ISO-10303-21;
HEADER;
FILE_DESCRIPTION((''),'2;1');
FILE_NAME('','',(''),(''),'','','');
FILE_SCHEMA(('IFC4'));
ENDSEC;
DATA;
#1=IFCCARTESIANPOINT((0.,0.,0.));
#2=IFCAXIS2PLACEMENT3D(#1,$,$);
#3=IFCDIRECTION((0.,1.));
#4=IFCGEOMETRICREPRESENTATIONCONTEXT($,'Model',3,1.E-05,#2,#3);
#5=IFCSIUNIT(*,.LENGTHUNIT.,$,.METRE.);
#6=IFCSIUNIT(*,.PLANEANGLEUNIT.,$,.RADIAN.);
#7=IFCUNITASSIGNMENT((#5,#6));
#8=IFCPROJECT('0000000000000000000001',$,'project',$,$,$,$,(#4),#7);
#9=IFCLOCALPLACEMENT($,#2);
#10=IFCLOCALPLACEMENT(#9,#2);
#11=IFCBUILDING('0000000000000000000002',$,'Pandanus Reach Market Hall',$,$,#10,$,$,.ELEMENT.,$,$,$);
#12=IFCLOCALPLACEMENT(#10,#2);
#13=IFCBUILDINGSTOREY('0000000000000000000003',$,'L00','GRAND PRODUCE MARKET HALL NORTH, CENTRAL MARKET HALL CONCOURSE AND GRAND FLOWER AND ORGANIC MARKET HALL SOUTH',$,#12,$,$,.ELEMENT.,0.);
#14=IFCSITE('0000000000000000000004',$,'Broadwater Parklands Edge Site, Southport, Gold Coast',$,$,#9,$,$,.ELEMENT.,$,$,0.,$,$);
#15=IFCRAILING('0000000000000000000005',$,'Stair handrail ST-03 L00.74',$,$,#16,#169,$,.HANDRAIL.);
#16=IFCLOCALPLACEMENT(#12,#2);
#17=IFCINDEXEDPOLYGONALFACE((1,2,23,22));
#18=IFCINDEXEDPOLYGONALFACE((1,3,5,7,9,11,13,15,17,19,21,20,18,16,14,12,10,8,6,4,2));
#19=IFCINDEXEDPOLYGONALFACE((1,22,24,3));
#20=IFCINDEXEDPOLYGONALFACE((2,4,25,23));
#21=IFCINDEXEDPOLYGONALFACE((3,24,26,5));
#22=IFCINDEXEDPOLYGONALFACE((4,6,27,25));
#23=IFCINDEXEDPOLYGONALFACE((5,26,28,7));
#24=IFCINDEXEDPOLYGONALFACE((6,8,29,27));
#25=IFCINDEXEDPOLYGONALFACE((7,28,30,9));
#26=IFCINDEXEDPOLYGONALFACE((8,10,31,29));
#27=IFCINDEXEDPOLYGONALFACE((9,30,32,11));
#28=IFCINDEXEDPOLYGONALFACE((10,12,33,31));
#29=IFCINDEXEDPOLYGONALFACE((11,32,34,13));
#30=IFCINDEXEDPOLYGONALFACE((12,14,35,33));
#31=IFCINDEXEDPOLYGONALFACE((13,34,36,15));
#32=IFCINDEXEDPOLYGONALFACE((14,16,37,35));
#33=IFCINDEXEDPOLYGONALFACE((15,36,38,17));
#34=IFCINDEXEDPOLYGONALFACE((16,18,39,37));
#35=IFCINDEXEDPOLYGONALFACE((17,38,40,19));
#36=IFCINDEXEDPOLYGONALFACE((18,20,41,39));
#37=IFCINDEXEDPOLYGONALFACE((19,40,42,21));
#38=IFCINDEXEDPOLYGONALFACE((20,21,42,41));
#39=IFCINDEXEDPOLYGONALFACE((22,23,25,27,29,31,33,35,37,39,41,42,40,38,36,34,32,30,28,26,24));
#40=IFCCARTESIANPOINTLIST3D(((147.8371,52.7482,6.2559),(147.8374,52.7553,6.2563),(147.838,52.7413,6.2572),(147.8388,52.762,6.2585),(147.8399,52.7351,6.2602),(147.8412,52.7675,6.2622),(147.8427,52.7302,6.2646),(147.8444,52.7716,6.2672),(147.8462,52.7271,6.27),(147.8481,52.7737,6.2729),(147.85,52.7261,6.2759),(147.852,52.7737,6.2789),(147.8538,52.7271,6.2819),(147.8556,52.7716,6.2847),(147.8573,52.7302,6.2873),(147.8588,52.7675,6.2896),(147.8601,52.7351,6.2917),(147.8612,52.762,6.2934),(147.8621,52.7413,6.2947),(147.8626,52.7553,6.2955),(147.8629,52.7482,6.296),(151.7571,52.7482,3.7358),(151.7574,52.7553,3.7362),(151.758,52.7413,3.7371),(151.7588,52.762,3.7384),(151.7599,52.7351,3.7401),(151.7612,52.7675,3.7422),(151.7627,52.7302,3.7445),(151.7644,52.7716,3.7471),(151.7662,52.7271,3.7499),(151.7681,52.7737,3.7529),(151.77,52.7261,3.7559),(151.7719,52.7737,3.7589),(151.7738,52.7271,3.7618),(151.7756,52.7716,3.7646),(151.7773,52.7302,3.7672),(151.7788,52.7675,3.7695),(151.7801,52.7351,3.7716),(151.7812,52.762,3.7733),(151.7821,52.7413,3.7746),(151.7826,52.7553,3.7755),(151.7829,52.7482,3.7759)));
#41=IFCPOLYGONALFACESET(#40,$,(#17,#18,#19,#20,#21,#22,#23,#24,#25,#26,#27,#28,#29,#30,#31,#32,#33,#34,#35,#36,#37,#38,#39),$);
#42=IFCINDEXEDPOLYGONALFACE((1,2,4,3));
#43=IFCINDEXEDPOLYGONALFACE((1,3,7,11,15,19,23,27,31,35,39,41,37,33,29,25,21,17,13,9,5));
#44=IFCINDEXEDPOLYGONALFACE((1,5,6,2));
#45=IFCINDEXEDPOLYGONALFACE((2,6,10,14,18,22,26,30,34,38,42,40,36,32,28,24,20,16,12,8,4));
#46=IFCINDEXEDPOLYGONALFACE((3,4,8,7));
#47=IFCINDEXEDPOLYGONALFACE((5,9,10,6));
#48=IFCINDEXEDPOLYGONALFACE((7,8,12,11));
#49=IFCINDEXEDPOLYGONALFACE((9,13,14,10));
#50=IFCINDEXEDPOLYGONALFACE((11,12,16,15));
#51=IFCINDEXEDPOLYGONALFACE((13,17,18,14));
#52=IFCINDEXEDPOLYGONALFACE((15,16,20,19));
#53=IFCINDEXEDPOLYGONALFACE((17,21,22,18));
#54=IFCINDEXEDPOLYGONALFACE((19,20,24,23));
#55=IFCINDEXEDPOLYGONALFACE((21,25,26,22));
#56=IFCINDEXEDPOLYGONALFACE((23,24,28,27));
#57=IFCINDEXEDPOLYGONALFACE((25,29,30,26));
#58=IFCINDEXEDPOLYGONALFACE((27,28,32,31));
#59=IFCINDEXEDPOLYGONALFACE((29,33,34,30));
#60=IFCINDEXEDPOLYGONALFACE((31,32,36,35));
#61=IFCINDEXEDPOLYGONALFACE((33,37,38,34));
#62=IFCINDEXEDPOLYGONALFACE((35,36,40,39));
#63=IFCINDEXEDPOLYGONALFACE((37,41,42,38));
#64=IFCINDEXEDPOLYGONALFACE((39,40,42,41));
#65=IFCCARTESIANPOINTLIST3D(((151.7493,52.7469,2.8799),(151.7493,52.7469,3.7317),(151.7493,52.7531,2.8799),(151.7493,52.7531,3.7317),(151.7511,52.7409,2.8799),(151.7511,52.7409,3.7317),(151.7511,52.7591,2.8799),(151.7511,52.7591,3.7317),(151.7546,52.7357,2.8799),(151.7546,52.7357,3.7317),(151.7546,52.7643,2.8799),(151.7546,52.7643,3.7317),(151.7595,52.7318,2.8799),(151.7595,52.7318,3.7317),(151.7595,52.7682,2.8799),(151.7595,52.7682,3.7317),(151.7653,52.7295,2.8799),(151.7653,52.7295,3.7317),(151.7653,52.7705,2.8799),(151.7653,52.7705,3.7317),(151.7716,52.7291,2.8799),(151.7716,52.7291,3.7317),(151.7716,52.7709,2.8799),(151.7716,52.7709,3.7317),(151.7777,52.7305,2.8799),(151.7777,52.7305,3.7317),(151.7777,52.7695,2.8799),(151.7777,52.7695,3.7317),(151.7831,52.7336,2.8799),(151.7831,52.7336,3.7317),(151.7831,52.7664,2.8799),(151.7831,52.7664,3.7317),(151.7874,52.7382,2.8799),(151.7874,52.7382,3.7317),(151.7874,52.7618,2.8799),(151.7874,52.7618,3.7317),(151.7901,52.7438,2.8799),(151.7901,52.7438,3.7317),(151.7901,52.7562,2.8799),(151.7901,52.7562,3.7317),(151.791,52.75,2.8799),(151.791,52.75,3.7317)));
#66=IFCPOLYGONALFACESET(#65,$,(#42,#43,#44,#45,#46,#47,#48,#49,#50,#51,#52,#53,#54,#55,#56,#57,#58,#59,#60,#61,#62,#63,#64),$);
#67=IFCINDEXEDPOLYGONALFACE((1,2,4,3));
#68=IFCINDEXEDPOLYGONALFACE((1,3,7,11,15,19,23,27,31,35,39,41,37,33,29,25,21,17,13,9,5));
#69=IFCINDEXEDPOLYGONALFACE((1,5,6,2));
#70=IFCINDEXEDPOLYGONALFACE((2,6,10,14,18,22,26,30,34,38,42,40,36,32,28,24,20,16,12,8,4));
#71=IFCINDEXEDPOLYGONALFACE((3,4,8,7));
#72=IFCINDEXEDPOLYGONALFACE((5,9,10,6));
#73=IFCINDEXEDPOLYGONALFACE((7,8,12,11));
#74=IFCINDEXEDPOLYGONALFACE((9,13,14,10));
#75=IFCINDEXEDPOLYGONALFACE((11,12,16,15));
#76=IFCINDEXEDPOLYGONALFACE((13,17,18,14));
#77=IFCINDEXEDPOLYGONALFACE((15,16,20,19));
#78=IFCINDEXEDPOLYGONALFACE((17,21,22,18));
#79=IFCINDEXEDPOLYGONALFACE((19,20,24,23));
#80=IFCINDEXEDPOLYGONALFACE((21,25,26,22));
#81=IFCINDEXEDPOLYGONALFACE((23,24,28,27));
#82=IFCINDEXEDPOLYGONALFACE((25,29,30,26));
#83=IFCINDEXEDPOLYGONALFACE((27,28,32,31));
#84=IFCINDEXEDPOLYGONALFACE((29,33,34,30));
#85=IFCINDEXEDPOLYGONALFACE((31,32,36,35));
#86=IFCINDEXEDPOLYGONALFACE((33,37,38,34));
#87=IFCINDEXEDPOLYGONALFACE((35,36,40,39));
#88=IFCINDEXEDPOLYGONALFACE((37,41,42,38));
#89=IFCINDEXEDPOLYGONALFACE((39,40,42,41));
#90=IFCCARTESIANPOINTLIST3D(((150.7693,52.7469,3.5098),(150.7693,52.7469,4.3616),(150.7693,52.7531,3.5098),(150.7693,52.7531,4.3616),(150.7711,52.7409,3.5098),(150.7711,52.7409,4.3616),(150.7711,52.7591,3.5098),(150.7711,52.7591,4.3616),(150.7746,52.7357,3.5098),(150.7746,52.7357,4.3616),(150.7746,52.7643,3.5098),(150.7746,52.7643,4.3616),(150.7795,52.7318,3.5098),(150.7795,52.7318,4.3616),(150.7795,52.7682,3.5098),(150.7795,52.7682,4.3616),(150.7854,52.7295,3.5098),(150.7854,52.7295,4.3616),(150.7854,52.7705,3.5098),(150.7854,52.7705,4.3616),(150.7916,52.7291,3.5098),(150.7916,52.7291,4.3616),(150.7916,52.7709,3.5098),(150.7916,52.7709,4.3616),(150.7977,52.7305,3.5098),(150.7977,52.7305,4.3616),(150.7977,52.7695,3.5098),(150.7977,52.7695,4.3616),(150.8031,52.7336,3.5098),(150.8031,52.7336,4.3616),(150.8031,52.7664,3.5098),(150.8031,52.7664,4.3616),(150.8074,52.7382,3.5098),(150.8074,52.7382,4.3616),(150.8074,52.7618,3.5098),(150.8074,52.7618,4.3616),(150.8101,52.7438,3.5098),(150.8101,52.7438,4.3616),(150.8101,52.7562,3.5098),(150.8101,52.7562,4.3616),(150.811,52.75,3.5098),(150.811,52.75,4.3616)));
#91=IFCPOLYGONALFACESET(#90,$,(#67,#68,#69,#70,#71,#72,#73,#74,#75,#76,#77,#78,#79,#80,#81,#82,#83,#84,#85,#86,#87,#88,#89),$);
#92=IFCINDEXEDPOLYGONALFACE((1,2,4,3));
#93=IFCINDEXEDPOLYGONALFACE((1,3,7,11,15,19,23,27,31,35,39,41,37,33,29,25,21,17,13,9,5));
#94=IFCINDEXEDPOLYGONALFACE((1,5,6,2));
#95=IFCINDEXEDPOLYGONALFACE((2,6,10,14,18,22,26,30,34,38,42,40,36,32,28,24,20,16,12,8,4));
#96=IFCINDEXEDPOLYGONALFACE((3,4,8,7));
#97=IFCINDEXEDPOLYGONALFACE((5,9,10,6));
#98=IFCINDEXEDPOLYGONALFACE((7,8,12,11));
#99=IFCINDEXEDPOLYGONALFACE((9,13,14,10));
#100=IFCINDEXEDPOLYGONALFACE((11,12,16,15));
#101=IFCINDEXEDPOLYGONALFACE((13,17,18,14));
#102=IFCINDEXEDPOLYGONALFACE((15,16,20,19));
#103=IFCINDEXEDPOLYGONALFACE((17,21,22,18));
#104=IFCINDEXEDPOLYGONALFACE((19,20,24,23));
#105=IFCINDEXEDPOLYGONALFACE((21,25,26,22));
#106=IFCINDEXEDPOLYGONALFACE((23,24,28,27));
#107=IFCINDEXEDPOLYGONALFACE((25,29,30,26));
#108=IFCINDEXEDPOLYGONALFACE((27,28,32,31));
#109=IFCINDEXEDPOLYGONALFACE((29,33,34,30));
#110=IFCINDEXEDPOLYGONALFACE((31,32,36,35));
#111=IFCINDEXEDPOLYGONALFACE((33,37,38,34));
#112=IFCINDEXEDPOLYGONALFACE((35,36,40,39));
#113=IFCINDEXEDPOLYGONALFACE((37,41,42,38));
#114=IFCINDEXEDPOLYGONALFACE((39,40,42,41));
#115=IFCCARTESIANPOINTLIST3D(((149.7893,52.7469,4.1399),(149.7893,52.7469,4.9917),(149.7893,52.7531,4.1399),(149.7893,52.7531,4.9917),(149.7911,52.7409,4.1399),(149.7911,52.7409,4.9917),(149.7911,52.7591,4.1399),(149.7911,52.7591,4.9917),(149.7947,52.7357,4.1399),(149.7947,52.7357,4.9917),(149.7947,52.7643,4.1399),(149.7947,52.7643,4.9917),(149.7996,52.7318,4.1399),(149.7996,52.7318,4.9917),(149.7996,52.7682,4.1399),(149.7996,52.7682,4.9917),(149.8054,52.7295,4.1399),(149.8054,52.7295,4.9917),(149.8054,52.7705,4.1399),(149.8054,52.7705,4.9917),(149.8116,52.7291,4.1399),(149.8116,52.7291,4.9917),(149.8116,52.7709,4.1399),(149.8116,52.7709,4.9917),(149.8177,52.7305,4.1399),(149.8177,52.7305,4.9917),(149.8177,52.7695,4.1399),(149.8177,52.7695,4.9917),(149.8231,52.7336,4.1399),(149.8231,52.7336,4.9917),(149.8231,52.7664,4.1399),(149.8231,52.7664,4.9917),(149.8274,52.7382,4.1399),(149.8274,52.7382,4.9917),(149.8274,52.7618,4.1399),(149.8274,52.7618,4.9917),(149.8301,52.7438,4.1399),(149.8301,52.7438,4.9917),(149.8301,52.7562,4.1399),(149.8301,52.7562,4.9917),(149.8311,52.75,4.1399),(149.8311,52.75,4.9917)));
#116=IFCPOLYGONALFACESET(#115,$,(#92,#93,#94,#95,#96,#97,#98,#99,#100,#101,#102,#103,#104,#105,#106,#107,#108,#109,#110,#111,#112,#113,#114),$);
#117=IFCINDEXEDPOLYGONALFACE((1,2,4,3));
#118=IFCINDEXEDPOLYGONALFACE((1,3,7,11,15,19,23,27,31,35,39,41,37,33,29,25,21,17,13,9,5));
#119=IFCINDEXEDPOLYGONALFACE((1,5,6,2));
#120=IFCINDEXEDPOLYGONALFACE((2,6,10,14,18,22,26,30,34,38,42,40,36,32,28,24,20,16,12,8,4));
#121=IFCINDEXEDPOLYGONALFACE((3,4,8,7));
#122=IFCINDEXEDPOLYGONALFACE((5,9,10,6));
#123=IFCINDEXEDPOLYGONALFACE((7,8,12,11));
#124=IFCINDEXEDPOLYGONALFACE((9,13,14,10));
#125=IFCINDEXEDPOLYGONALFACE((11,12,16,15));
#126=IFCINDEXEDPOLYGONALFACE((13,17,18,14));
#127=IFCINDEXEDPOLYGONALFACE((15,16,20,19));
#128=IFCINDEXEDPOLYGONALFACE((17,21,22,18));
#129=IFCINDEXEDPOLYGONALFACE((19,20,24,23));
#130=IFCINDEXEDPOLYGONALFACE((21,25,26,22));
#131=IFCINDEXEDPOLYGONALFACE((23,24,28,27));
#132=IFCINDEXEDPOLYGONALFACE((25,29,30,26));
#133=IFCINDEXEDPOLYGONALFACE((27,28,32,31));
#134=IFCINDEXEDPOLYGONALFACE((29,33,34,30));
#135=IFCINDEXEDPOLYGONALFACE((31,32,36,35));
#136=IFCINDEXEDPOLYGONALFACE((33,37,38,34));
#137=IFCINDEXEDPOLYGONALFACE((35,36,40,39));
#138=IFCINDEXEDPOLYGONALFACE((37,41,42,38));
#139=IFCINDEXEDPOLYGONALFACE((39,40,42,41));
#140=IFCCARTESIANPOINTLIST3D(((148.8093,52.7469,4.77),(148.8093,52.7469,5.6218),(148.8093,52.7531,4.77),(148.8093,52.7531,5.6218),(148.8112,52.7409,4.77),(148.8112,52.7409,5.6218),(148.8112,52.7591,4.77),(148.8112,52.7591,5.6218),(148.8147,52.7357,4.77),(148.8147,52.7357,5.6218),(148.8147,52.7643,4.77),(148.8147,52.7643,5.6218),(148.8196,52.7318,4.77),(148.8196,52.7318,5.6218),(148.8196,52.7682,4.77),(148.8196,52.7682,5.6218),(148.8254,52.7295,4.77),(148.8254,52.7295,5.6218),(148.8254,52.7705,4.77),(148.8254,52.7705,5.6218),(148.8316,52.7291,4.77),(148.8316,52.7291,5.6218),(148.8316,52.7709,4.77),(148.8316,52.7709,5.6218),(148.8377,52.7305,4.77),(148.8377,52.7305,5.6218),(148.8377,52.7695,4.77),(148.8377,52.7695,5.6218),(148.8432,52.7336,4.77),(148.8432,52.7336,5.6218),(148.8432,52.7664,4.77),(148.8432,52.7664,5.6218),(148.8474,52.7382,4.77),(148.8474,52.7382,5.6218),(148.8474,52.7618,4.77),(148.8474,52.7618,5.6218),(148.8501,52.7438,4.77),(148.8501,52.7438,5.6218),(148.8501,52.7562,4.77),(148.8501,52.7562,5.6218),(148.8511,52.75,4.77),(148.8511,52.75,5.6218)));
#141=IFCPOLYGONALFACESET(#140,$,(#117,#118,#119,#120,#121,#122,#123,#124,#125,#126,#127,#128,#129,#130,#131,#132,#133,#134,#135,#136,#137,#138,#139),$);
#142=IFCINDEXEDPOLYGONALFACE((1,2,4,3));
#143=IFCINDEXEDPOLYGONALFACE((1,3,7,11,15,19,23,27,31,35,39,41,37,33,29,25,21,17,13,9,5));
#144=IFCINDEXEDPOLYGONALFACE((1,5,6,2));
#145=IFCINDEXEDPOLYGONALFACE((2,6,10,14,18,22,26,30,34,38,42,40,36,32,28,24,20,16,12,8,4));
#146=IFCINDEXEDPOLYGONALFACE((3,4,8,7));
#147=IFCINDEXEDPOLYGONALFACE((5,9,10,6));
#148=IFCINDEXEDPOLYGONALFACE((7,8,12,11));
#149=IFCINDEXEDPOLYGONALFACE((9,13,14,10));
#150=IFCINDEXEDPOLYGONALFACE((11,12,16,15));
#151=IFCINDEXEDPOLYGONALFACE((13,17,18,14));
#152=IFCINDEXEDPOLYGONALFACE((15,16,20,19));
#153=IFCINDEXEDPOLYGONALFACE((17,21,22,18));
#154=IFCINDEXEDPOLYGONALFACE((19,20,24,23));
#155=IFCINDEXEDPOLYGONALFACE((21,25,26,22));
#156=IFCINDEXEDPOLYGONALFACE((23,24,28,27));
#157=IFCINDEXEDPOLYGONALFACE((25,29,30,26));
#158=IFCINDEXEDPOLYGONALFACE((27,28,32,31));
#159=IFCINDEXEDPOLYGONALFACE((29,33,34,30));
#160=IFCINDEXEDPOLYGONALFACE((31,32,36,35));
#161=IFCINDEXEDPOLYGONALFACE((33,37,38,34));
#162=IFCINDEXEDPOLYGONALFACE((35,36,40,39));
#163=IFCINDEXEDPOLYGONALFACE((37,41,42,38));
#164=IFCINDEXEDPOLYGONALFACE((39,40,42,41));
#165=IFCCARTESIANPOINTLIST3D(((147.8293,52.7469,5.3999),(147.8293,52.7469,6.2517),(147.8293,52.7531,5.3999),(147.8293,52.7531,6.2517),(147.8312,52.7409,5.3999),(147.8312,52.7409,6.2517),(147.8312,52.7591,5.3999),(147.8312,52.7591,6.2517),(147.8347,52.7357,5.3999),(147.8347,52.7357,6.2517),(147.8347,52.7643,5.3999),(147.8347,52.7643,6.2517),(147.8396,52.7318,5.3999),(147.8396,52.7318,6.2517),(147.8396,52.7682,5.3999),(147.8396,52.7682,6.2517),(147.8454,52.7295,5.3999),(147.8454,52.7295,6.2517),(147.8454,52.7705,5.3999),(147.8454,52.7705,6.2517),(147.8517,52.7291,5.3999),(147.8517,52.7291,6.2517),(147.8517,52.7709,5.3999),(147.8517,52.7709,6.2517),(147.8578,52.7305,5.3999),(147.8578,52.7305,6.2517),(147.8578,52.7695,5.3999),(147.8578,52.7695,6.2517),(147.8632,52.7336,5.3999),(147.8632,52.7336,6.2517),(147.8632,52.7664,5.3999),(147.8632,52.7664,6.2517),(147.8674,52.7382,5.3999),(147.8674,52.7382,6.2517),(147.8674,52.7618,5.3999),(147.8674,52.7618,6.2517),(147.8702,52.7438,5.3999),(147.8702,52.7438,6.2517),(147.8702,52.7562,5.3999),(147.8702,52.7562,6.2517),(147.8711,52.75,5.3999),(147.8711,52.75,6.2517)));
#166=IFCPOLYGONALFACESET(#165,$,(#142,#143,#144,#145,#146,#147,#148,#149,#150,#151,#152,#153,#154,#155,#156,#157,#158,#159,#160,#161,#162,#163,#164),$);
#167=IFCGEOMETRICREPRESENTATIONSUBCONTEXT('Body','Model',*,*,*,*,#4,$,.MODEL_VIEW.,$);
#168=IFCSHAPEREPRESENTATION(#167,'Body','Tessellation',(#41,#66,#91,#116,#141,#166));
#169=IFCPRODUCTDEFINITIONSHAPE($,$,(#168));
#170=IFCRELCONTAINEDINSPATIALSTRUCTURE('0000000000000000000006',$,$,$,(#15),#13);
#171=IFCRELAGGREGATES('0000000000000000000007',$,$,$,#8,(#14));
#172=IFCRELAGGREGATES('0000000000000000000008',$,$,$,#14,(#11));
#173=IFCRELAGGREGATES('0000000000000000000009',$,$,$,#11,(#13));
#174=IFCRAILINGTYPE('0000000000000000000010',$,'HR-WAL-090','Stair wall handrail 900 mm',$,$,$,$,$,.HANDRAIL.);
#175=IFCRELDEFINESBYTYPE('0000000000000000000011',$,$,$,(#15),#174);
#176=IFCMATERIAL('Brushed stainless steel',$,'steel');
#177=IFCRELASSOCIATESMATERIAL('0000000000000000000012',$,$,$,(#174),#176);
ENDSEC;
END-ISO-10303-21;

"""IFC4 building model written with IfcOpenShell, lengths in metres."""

from ifc_helpers import new_model, si_unit, direction, frame, origin, origin_2d, place, context, subcontext, project, spatial, circle, extrude, material, type_object, element, save


model = new_model("IFC4")

# Units and contexts
model_context = context("Model", 3, precision=1e-05, world=origin(), true_north=direction((0.0, 1.0)))
body_context = subcontext(model_context, "Body", "Model", "MODEL_VIEW")
ifc_project = project(units=[si_unit("LENGTHUNIT", "METRE"), si_unit("PLANEANGLEUNIT", "RADIAN")], contexts=[model_context])

# Site, building, storey
site_placement = place(None, origin())
site = spatial("IfcSite", under=ifc_project, at=site_placement, Name="Broadwater Parklands Edge Site, Southport, Gold Coast", CompositionType="ELEMENT", RefElevation=0.0)
building_placement = place(site_placement, origin())
building = spatial("IfcBuilding", under=site, at=building_placement, Name="Pandanus Reach Market Hall", CompositionType="ELEMENT")
storey_placement = place(building_placement, origin())
storey = spatial("IfcBuildingStorey", under=building, at=storey_placement, Name="L00", Description="GRAND PRODUCE MARKET HALL NORTH, CENTRAL MARKET HALL CONCOURSE AND GRAND FLOWER AND ORGANIC MARKET HALL SOUTH", CompositionType="ELEMENT", Elevation=0.0)

# Railing
ifc_material_1 = material(Name="Brushed stainless steel", Category="steel")
railing_type_1 = type_object("IfcRailingType", Name="HR-WAL-090", Description="Stair wall handrail 900 mm", PredefinedType="HANDRAIL", material=ifc_material_1)
railing_1_placement = place(storey_placement, frame((151.77, 52.75, 2.8799)))
element("IfcRailing", 1, at=railing_1_placement, inside=storey, type_object=railing_type_1, Name="Stair handrail ST-03 L00.74", PredefinedType="HANDRAIL", context=body_context, shape_type="SweptSolid", body=[
    extrude(circle(Radius=0.0239, at=origin_2d()), frame((0.0, 0.0, 0.876), z_axis=(-0.841172, 0.0, 0.540768), x_axis=(0.0, -1.0, 0.0)), (0.0, 0.0, 1.0), 4.6602),
    extrude(circle(Radius=0.021, at=origin_2d()), origin(), (0.0, 0.0, 1.0), 0.8518),
    extrude(circle(Radius=0.021, at=origin_2d()), frame((-0.98, 0.0, 0.6299)), (0.0, 0.0, 1.0), 0.8518),
    extrude(circle(Radius=0.021, at=origin_2d()), frame((-1.96, 0.0, 1.26)), (0.0, 0.0, 1.0), 0.8518),
    extrude(circle(Radius=0.021, at=origin_2d()), frame((-2.9399, 0.0, 1.8901)), (0.0, 0.0, 1.0), 0.8518),
    extrude(circle(Radius=0.021, at=origin_2d()), frame((-3.9199, 0.0, 2.52)), (0.0, 0.0, 1.0), 0.8518),
])

save(model, "model.ifc")
